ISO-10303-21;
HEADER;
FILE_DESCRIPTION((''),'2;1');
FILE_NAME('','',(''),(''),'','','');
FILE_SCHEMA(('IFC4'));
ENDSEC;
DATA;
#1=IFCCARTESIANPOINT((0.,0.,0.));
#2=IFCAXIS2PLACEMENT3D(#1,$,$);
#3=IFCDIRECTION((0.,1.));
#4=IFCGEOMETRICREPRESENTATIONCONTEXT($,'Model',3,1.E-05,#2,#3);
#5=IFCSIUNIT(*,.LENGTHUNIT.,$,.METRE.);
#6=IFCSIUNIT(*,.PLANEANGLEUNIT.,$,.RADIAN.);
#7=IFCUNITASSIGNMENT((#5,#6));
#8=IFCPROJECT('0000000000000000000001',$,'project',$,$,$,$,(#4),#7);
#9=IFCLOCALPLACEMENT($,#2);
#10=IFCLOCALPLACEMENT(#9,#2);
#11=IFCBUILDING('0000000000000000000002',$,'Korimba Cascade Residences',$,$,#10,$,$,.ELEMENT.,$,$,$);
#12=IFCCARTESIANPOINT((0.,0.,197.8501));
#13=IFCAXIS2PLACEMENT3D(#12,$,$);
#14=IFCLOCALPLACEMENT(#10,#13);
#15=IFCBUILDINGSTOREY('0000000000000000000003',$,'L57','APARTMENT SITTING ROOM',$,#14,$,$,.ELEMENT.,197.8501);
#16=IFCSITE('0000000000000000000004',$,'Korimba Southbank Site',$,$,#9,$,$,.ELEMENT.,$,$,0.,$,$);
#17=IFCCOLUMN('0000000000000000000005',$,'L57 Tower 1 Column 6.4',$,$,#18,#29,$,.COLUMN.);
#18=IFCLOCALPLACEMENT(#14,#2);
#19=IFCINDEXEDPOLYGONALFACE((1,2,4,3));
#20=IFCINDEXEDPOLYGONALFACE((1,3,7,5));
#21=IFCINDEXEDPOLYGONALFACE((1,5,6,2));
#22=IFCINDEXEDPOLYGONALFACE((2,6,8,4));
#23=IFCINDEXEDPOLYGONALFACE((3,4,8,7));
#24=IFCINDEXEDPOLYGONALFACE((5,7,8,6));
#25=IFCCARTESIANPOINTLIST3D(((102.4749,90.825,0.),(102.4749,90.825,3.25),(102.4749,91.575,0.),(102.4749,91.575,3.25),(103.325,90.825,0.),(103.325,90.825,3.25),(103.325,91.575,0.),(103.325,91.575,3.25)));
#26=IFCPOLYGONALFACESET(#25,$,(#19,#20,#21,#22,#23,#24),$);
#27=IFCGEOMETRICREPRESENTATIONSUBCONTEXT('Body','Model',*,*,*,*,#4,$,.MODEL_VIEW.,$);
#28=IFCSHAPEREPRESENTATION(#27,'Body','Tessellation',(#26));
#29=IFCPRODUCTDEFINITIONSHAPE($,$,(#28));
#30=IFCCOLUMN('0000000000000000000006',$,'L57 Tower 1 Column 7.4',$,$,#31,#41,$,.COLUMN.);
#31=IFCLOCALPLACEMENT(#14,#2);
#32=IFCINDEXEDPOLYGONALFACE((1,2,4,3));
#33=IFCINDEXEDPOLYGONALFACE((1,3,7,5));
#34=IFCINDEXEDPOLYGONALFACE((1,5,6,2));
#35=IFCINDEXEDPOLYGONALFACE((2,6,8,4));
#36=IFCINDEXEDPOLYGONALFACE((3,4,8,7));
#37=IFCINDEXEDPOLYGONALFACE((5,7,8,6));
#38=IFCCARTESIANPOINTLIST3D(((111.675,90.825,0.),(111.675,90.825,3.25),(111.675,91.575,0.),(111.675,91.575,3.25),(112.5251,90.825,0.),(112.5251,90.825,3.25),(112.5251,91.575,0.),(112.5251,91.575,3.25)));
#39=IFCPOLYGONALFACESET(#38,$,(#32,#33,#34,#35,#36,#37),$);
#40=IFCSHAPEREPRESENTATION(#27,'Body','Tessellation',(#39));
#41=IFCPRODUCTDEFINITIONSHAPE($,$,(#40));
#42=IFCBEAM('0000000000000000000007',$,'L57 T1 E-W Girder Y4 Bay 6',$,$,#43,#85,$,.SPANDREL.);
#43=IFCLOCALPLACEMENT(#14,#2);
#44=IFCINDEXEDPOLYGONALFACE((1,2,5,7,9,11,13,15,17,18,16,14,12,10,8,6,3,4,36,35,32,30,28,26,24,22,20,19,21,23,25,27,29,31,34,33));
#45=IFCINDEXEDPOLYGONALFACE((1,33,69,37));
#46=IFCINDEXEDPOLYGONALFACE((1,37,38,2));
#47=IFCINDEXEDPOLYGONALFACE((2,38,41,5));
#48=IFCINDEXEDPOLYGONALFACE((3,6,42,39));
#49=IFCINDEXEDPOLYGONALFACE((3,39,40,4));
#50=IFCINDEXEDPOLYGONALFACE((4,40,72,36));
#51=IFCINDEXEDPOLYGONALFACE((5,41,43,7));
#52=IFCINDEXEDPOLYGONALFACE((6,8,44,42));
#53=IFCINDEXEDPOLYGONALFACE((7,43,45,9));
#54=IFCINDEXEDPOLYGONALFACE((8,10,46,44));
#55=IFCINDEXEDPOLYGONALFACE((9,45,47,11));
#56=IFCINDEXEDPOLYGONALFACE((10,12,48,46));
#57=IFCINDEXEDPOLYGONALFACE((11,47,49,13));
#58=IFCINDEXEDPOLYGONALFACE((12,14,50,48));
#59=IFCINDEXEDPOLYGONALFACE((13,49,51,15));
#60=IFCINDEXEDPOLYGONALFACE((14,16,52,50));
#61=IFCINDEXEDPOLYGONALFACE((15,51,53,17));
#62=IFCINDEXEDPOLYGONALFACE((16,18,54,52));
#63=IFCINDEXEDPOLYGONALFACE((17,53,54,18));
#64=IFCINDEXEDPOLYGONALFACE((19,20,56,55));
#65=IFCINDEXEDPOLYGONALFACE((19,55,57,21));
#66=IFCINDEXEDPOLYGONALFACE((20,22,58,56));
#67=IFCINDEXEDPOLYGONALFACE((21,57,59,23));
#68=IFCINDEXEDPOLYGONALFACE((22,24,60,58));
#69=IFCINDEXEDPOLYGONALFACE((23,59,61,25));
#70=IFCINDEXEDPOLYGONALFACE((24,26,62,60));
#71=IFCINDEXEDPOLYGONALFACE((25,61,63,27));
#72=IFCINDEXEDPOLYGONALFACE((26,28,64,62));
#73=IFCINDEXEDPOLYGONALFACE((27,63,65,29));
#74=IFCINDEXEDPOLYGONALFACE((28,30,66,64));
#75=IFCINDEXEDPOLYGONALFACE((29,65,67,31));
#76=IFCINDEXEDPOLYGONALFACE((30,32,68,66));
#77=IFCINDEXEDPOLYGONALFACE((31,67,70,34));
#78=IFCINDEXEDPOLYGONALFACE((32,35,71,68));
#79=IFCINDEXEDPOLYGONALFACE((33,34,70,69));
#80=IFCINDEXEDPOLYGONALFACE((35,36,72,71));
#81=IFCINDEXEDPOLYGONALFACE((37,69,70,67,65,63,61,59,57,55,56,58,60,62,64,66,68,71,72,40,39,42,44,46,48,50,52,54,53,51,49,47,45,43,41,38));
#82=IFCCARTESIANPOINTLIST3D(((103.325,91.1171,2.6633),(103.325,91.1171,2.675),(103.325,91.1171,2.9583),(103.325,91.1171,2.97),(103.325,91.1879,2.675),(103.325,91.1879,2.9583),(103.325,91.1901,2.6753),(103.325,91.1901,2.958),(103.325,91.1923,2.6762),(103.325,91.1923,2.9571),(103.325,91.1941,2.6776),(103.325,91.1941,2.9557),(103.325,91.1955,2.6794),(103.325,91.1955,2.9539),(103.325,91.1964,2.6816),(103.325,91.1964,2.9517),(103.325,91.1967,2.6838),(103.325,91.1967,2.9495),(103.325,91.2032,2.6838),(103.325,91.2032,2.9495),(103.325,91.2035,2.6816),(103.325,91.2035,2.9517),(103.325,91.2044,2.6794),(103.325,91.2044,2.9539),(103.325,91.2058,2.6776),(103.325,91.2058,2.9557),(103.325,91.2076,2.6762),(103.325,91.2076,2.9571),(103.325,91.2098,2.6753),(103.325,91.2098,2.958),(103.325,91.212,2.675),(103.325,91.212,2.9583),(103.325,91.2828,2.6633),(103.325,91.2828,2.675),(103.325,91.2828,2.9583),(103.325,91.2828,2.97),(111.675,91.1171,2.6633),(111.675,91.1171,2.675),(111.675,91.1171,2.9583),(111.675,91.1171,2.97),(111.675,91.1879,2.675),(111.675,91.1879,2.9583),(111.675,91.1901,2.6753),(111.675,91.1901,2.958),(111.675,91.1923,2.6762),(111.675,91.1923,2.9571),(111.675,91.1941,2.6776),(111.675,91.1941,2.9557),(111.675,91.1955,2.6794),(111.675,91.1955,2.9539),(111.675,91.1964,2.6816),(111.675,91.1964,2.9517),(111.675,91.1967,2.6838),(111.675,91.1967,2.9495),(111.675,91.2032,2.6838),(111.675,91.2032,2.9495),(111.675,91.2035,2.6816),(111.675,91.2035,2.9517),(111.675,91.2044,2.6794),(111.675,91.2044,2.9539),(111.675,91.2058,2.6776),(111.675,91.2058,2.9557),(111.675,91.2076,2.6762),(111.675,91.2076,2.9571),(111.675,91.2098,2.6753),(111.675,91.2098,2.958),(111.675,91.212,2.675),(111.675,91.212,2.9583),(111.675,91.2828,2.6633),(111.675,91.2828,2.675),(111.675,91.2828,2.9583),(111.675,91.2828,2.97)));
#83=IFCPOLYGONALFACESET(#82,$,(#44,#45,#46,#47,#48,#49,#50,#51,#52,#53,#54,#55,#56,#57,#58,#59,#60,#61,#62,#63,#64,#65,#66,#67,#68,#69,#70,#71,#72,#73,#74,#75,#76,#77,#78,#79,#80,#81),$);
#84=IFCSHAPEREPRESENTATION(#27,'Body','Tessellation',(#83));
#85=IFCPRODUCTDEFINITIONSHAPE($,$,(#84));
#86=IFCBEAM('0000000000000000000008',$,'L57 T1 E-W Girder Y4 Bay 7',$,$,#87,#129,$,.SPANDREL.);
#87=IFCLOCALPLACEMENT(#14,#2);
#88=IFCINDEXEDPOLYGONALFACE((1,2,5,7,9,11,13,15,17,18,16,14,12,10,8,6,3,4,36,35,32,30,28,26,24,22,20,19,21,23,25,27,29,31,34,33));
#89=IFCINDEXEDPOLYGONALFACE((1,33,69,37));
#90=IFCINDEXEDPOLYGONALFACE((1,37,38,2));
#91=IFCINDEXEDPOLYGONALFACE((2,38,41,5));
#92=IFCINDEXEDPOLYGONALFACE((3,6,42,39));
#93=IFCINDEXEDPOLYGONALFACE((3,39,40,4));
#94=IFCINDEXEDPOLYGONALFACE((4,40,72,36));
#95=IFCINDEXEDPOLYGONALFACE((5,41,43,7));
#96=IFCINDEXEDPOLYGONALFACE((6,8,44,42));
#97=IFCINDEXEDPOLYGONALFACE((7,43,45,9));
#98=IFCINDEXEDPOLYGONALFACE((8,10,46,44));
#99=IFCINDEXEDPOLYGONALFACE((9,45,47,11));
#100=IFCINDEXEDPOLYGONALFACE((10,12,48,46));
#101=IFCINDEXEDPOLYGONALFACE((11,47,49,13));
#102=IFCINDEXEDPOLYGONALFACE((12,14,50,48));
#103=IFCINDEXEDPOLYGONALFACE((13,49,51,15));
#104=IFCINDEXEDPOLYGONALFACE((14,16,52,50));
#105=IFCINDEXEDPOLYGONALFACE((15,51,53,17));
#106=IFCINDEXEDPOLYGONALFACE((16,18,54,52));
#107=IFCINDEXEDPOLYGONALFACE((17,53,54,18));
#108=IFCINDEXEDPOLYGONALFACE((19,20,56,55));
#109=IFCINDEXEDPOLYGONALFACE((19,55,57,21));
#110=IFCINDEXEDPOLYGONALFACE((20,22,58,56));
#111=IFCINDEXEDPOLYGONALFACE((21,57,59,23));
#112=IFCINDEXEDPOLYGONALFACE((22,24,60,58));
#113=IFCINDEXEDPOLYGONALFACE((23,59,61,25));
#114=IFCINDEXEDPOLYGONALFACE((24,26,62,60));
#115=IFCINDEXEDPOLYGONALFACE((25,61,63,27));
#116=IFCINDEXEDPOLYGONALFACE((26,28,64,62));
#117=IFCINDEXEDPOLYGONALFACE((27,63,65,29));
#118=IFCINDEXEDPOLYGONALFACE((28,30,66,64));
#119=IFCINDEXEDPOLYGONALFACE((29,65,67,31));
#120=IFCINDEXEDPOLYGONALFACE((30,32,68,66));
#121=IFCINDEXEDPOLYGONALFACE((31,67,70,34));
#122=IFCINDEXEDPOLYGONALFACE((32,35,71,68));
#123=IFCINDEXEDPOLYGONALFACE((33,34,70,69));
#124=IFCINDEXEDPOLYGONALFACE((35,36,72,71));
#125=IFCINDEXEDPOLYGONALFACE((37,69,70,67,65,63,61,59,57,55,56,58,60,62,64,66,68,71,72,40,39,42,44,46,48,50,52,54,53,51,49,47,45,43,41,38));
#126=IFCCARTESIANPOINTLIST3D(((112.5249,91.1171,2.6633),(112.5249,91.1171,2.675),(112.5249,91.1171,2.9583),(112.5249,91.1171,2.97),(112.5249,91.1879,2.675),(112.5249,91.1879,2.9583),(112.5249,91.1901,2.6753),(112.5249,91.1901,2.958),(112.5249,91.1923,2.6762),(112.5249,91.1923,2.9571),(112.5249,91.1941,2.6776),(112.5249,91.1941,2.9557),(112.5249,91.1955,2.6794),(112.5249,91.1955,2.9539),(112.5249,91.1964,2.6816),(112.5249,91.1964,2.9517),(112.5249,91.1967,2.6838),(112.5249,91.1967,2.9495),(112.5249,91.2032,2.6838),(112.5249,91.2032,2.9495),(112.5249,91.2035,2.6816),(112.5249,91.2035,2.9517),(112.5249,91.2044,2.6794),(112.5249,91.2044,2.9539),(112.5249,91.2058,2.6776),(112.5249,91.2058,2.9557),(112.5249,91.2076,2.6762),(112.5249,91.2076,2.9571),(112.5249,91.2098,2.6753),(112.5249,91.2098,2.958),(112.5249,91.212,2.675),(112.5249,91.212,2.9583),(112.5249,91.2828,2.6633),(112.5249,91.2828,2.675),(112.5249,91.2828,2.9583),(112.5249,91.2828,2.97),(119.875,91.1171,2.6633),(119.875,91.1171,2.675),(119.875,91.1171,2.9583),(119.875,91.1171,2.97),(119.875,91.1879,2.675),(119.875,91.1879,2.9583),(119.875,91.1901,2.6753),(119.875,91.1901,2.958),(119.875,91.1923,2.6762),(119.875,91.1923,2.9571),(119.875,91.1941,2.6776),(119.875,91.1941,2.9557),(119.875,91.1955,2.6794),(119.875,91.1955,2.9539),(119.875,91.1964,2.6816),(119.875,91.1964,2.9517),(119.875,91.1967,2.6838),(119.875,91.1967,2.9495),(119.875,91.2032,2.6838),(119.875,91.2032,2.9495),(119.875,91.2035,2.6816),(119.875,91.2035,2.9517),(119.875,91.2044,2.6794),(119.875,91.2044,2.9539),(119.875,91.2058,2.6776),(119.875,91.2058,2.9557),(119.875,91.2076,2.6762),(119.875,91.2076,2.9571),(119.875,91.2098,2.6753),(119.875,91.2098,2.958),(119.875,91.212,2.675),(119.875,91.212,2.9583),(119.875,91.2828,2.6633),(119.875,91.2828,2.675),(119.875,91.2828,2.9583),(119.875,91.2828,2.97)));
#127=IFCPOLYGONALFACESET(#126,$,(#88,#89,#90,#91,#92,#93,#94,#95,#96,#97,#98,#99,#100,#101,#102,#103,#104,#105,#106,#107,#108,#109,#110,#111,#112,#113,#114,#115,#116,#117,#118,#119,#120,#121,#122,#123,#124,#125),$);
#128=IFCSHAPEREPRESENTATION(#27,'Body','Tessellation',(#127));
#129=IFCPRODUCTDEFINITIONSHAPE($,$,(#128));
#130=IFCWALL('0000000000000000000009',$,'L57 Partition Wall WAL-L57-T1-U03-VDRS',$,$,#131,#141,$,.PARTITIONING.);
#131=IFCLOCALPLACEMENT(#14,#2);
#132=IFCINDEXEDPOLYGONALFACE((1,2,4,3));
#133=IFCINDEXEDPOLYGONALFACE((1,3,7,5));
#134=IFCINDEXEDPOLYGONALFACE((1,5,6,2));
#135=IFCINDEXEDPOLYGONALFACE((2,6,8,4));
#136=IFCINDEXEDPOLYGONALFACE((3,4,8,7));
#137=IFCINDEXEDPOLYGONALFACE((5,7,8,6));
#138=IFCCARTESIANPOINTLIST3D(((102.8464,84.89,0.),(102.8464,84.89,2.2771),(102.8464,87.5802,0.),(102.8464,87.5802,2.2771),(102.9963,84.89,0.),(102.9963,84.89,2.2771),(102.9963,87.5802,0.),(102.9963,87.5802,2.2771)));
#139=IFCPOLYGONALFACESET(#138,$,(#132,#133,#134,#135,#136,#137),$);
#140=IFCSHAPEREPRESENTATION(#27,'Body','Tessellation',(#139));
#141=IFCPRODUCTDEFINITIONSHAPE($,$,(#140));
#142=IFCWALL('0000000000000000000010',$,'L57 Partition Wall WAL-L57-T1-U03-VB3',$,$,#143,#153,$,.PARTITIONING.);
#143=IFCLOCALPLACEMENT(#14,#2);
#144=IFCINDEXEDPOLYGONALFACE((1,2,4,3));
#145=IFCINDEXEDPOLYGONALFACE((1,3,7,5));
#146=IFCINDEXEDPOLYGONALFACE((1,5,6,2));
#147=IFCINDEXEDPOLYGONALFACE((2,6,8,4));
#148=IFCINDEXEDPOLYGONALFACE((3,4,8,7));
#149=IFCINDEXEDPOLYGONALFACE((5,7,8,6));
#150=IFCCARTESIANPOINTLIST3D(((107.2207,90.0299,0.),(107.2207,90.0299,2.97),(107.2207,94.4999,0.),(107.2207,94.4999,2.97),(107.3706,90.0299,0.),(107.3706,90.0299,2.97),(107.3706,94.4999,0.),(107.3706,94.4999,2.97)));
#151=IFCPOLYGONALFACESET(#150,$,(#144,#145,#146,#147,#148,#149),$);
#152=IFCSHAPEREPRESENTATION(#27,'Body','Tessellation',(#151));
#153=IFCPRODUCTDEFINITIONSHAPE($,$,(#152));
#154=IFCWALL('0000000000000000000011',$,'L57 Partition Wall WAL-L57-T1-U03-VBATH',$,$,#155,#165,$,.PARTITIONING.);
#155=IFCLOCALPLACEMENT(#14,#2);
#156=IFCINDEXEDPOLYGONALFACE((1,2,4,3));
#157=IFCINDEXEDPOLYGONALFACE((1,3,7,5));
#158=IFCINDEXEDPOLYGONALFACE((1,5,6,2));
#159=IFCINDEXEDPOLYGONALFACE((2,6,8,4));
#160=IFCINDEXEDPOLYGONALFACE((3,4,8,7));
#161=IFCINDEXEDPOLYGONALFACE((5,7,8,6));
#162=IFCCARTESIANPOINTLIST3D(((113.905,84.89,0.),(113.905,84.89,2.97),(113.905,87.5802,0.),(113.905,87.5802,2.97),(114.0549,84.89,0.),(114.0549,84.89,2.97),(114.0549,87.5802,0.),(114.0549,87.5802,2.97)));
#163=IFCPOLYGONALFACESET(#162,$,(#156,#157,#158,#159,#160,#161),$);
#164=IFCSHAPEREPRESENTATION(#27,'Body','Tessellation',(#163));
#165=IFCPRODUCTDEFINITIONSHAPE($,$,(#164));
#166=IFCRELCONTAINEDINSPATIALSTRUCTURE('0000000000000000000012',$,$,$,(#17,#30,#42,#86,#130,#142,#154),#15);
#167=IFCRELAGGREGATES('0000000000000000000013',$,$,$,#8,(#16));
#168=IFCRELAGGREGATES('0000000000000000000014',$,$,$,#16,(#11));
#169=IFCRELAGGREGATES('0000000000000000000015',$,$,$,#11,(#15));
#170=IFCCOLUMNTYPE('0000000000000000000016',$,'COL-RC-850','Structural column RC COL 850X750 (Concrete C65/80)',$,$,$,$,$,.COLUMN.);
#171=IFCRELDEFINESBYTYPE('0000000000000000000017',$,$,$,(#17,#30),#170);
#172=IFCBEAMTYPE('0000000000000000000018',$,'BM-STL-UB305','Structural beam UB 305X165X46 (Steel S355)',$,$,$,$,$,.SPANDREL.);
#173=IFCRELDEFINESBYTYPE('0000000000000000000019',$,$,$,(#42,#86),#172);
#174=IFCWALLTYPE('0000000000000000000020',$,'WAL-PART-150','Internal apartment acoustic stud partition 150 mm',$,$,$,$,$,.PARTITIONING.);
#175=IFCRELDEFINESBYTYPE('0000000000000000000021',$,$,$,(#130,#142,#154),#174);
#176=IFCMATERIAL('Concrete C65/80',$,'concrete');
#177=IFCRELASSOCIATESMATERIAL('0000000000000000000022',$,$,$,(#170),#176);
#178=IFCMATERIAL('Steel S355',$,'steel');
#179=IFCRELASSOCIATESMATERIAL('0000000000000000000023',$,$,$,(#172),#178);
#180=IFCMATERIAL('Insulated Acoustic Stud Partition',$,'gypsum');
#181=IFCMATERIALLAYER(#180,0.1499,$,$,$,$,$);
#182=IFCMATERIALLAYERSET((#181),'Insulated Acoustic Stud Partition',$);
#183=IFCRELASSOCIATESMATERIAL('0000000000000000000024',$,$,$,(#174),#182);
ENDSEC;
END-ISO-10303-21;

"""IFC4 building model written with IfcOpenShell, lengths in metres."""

from ifc_helpers import new_model, si_unit, direction, frame, frame_2d, origin, origin_2d, place, context, subcontext, project, spatial, rectangle, i_section, extrude, material, layer, layer_set, material_profile, profile_set, type_object, element, save


model = new_model("IFC4")

# Units and contexts
model_context = context("Model", 3, precision=1e-05, world=origin(), true_north=direction((0.0, 1.0)))
body_context = subcontext(model_context, "Body", "Model", "MODEL_VIEW")
ifc_project = project(units=[si_unit("LENGTHUNIT", "METRE"), si_unit("PLANEANGLEUNIT", "RADIAN")], contexts=[model_context])

# Site, building, storey
site_placement = place(None, origin())
site = spatial("IfcSite", under=ifc_project, at=site_placement, Name="Korimba Southbank Site", CompositionType="ELEMENT", RefElevation=0.0)
building_placement = place(site_placement, origin())
building = spatial("IfcBuilding", under=site, at=building_placement, Name="Korimba Cascade Residences", CompositionType="ELEMENT")
storey_placement = place(building_placement, frame((0.0, 0.0, 197.8501)))
storey = spatial("IfcBuildingStorey", under=building, at=storey_placement, Name="L57", Description="APARTMENT SITTING ROOM", CompositionType="ELEMENT", Elevation=197.8501)

# Columns
ifc_material_1 = material(Name="Concrete C65/80", Category="concrete")
ifc_material_profile_1 = material_profile(ifc_material_1, rectangle(XDim=0.8501, YDim=0.75, at=origin_2d()), Name="Concrete C65/80")
ifc_profile_set_1 = profile_set([ifc_material_profile_1], Name="Concrete C65/80")
column_type = type_object("IfcColumnType", Name="COL-RC-850", Description="Structural column RC COL 850X750 (Concrete C65/80)", PredefinedType="COLUMN", material=ifc_profile_set_1)
for number, where, z_axis, x_axis, name in (
    (1, (102.8999, 91.2, 0.0), (0.0, 0.0, 1.0), (1.0, 0.0, 0.0), "L57 Tower 1 Column 6.4"),
    (2, (112.1001, 91.2, 0.0), (0.0, 0.0, 1.0), (1.0, 0.0, 0.0), "L57 Tower 1 Column 7.4"),
):
    element("IfcColumn", number, at=place(storey_placement, frame(where, z_axis=z_axis, x_axis=x_axis)), inside=storey, type_object=column_type, Name=name, PredefinedType="COLUMN", context=body_context, shape_type="SweptSolid", body=[
        extrude(rectangle(XDim=0.8501, YDim=0.75, at=origin_2d()), origin(), (0.0, 0.0, 1.0), 3.25),
    ])

# Beams
ifc_material_2 = material(Name="Steel S355", Category="steel")
ifc_material_profile_2 = material_profile(ifc_material_2, i_section(OverallWidth=0.1658, OverallDepth=0.3066, WebThickness=0.0066, FlangeThickness=0.0117, FilletRadius=0.0088, at=origin_2d()), Name="Steel S355")
ifc_profile_set_2 = profile_set([ifc_material_profile_2], Name="Steel S355")
beam_type = type_object("IfcBeamType", Name="BM-STL-UB305", Description="Structural beam UB 305X165X46 (Steel S355)", PredefinedType="SPANDREL", material=ifc_profile_set_2)
beam_1_placement = place(storey_placement, frame((103.325, 91.2, 2.8167), z_axis=(1.0, 0.0, 0.0), x_axis=(0.0, 1.0, 0.0)))
element("IfcBeam", 3, at=beam_1_placement, inside=storey, type_object=beam_type, Name="L57 T1 E-W Girder Y4 Bay 6", PredefinedType="SPANDREL", context=body_context, shape_type="SweptSolid", body=[
    extrude(i_section(OverallWidth=0.1658, OverallDepth=0.3066, WebThickness=0.0066, FlangeThickness=0.0117, FilletRadius=0.0088, at=origin_2d()), origin(), (0.0, 0.0, 1.0), 8.3501),
])
beam_2_placement = place(storey_placement, frame((112.5249, 91.2, 2.8167), z_axis=(1.0, 0.0, 0.0), x_axis=(0.0, 1.0, 0.0)))
element("IfcBeam", 4, at=beam_2_placement, inside=storey, type_object=beam_type, Name="L57 T1 E-W Girder Y4 Bay 7", PredefinedType="SPANDREL", context=body_context, shape_type="SweptSolid", body=[
    extrude(i_section(OverallWidth=0.1658, OverallDepth=0.3066, WebThickness=0.0066, FlangeThickness=0.0117, FilletRadius=0.0088, at=origin_2d()), origin(), (0.0, 0.0, 1.0), 7.3501),
])

# Walls
ifc_material_3 = material(Name="Insulated Acoustic Stud Partition", Category="gypsum")
ifc_layer = layer(ifc_material_3, 0.1499)
ifc_layer_set = layer_set([ifc_layer], Name="Insulated Acoustic Stud Partition")
wall_type = type_object("IfcWallType", Name="WAL-PART-150", Description="Internal apartment acoustic stud partition 150 mm", PredefinedType="PARTITIONING", material=ifc_layer_set)
wall_1_placement = place(storey_placement, frame((102.9214, 84.8899, 0.0), z_axis=(0.0, 0.0, 1.0), x_axis=(0.0, 1.0, 0.0)))
element("IfcWall", 5, at=wall_1_placement, inside=storey, type_object=wall_type, Name="L57 Partition Wall WAL-L57-T1-U03-VDRS", PredefinedType="PARTITIONING", context=body_context, shape_type="SweptSolid", body=[
    extrude(rectangle(XDim=2.6902, YDim=0.1499, at=frame_2d((1.3452, 0.0))), origin(), (0.0, 0.0, 1.0), 2.2771),
])
wall_2_placement = place(storey_placement, frame((107.2957, 90.03, 0.0), z_axis=(0.0, 0.0, 1.0), x_axis=(0.0, 1.0, 0.0)))
element("IfcWall", 6, at=wall_2_placement, inside=storey, type_object=wall_type, Name="L57 Partition Wall WAL-L57-T1-U03-VB3", PredefinedType="PARTITIONING", context=body_context, shape_type="SweptSolid", body=[
    extrude(rectangle(XDim=4.47, YDim=0.1499, at=frame_2d((2.2349, 0.0))), origin(), (0.0, 0.0, 1.0), 2.97),
])
wall_3_placement = place(storey_placement, frame((113.98, 84.8899, 0.0), z_axis=(0.0, 0.0, 1.0), x_axis=(0.0, 1.0, 0.0)))
element("IfcWall", 7, at=wall_3_placement, inside=storey, type_object=wall_type, Name="L57 Partition Wall WAL-L57-T1-U03-VBATH", PredefinedType="PARTITIONING", context=body_context, shape_type="SweptSolid", body=[
    extrude(rectangle(XDim=2.6902, YDim=0.1499, at=frame_2d((1.3452, 0.0))), origin(), (0.0, 0.0, 1.0), 2.97),
])

save(model, "model.ifc")
